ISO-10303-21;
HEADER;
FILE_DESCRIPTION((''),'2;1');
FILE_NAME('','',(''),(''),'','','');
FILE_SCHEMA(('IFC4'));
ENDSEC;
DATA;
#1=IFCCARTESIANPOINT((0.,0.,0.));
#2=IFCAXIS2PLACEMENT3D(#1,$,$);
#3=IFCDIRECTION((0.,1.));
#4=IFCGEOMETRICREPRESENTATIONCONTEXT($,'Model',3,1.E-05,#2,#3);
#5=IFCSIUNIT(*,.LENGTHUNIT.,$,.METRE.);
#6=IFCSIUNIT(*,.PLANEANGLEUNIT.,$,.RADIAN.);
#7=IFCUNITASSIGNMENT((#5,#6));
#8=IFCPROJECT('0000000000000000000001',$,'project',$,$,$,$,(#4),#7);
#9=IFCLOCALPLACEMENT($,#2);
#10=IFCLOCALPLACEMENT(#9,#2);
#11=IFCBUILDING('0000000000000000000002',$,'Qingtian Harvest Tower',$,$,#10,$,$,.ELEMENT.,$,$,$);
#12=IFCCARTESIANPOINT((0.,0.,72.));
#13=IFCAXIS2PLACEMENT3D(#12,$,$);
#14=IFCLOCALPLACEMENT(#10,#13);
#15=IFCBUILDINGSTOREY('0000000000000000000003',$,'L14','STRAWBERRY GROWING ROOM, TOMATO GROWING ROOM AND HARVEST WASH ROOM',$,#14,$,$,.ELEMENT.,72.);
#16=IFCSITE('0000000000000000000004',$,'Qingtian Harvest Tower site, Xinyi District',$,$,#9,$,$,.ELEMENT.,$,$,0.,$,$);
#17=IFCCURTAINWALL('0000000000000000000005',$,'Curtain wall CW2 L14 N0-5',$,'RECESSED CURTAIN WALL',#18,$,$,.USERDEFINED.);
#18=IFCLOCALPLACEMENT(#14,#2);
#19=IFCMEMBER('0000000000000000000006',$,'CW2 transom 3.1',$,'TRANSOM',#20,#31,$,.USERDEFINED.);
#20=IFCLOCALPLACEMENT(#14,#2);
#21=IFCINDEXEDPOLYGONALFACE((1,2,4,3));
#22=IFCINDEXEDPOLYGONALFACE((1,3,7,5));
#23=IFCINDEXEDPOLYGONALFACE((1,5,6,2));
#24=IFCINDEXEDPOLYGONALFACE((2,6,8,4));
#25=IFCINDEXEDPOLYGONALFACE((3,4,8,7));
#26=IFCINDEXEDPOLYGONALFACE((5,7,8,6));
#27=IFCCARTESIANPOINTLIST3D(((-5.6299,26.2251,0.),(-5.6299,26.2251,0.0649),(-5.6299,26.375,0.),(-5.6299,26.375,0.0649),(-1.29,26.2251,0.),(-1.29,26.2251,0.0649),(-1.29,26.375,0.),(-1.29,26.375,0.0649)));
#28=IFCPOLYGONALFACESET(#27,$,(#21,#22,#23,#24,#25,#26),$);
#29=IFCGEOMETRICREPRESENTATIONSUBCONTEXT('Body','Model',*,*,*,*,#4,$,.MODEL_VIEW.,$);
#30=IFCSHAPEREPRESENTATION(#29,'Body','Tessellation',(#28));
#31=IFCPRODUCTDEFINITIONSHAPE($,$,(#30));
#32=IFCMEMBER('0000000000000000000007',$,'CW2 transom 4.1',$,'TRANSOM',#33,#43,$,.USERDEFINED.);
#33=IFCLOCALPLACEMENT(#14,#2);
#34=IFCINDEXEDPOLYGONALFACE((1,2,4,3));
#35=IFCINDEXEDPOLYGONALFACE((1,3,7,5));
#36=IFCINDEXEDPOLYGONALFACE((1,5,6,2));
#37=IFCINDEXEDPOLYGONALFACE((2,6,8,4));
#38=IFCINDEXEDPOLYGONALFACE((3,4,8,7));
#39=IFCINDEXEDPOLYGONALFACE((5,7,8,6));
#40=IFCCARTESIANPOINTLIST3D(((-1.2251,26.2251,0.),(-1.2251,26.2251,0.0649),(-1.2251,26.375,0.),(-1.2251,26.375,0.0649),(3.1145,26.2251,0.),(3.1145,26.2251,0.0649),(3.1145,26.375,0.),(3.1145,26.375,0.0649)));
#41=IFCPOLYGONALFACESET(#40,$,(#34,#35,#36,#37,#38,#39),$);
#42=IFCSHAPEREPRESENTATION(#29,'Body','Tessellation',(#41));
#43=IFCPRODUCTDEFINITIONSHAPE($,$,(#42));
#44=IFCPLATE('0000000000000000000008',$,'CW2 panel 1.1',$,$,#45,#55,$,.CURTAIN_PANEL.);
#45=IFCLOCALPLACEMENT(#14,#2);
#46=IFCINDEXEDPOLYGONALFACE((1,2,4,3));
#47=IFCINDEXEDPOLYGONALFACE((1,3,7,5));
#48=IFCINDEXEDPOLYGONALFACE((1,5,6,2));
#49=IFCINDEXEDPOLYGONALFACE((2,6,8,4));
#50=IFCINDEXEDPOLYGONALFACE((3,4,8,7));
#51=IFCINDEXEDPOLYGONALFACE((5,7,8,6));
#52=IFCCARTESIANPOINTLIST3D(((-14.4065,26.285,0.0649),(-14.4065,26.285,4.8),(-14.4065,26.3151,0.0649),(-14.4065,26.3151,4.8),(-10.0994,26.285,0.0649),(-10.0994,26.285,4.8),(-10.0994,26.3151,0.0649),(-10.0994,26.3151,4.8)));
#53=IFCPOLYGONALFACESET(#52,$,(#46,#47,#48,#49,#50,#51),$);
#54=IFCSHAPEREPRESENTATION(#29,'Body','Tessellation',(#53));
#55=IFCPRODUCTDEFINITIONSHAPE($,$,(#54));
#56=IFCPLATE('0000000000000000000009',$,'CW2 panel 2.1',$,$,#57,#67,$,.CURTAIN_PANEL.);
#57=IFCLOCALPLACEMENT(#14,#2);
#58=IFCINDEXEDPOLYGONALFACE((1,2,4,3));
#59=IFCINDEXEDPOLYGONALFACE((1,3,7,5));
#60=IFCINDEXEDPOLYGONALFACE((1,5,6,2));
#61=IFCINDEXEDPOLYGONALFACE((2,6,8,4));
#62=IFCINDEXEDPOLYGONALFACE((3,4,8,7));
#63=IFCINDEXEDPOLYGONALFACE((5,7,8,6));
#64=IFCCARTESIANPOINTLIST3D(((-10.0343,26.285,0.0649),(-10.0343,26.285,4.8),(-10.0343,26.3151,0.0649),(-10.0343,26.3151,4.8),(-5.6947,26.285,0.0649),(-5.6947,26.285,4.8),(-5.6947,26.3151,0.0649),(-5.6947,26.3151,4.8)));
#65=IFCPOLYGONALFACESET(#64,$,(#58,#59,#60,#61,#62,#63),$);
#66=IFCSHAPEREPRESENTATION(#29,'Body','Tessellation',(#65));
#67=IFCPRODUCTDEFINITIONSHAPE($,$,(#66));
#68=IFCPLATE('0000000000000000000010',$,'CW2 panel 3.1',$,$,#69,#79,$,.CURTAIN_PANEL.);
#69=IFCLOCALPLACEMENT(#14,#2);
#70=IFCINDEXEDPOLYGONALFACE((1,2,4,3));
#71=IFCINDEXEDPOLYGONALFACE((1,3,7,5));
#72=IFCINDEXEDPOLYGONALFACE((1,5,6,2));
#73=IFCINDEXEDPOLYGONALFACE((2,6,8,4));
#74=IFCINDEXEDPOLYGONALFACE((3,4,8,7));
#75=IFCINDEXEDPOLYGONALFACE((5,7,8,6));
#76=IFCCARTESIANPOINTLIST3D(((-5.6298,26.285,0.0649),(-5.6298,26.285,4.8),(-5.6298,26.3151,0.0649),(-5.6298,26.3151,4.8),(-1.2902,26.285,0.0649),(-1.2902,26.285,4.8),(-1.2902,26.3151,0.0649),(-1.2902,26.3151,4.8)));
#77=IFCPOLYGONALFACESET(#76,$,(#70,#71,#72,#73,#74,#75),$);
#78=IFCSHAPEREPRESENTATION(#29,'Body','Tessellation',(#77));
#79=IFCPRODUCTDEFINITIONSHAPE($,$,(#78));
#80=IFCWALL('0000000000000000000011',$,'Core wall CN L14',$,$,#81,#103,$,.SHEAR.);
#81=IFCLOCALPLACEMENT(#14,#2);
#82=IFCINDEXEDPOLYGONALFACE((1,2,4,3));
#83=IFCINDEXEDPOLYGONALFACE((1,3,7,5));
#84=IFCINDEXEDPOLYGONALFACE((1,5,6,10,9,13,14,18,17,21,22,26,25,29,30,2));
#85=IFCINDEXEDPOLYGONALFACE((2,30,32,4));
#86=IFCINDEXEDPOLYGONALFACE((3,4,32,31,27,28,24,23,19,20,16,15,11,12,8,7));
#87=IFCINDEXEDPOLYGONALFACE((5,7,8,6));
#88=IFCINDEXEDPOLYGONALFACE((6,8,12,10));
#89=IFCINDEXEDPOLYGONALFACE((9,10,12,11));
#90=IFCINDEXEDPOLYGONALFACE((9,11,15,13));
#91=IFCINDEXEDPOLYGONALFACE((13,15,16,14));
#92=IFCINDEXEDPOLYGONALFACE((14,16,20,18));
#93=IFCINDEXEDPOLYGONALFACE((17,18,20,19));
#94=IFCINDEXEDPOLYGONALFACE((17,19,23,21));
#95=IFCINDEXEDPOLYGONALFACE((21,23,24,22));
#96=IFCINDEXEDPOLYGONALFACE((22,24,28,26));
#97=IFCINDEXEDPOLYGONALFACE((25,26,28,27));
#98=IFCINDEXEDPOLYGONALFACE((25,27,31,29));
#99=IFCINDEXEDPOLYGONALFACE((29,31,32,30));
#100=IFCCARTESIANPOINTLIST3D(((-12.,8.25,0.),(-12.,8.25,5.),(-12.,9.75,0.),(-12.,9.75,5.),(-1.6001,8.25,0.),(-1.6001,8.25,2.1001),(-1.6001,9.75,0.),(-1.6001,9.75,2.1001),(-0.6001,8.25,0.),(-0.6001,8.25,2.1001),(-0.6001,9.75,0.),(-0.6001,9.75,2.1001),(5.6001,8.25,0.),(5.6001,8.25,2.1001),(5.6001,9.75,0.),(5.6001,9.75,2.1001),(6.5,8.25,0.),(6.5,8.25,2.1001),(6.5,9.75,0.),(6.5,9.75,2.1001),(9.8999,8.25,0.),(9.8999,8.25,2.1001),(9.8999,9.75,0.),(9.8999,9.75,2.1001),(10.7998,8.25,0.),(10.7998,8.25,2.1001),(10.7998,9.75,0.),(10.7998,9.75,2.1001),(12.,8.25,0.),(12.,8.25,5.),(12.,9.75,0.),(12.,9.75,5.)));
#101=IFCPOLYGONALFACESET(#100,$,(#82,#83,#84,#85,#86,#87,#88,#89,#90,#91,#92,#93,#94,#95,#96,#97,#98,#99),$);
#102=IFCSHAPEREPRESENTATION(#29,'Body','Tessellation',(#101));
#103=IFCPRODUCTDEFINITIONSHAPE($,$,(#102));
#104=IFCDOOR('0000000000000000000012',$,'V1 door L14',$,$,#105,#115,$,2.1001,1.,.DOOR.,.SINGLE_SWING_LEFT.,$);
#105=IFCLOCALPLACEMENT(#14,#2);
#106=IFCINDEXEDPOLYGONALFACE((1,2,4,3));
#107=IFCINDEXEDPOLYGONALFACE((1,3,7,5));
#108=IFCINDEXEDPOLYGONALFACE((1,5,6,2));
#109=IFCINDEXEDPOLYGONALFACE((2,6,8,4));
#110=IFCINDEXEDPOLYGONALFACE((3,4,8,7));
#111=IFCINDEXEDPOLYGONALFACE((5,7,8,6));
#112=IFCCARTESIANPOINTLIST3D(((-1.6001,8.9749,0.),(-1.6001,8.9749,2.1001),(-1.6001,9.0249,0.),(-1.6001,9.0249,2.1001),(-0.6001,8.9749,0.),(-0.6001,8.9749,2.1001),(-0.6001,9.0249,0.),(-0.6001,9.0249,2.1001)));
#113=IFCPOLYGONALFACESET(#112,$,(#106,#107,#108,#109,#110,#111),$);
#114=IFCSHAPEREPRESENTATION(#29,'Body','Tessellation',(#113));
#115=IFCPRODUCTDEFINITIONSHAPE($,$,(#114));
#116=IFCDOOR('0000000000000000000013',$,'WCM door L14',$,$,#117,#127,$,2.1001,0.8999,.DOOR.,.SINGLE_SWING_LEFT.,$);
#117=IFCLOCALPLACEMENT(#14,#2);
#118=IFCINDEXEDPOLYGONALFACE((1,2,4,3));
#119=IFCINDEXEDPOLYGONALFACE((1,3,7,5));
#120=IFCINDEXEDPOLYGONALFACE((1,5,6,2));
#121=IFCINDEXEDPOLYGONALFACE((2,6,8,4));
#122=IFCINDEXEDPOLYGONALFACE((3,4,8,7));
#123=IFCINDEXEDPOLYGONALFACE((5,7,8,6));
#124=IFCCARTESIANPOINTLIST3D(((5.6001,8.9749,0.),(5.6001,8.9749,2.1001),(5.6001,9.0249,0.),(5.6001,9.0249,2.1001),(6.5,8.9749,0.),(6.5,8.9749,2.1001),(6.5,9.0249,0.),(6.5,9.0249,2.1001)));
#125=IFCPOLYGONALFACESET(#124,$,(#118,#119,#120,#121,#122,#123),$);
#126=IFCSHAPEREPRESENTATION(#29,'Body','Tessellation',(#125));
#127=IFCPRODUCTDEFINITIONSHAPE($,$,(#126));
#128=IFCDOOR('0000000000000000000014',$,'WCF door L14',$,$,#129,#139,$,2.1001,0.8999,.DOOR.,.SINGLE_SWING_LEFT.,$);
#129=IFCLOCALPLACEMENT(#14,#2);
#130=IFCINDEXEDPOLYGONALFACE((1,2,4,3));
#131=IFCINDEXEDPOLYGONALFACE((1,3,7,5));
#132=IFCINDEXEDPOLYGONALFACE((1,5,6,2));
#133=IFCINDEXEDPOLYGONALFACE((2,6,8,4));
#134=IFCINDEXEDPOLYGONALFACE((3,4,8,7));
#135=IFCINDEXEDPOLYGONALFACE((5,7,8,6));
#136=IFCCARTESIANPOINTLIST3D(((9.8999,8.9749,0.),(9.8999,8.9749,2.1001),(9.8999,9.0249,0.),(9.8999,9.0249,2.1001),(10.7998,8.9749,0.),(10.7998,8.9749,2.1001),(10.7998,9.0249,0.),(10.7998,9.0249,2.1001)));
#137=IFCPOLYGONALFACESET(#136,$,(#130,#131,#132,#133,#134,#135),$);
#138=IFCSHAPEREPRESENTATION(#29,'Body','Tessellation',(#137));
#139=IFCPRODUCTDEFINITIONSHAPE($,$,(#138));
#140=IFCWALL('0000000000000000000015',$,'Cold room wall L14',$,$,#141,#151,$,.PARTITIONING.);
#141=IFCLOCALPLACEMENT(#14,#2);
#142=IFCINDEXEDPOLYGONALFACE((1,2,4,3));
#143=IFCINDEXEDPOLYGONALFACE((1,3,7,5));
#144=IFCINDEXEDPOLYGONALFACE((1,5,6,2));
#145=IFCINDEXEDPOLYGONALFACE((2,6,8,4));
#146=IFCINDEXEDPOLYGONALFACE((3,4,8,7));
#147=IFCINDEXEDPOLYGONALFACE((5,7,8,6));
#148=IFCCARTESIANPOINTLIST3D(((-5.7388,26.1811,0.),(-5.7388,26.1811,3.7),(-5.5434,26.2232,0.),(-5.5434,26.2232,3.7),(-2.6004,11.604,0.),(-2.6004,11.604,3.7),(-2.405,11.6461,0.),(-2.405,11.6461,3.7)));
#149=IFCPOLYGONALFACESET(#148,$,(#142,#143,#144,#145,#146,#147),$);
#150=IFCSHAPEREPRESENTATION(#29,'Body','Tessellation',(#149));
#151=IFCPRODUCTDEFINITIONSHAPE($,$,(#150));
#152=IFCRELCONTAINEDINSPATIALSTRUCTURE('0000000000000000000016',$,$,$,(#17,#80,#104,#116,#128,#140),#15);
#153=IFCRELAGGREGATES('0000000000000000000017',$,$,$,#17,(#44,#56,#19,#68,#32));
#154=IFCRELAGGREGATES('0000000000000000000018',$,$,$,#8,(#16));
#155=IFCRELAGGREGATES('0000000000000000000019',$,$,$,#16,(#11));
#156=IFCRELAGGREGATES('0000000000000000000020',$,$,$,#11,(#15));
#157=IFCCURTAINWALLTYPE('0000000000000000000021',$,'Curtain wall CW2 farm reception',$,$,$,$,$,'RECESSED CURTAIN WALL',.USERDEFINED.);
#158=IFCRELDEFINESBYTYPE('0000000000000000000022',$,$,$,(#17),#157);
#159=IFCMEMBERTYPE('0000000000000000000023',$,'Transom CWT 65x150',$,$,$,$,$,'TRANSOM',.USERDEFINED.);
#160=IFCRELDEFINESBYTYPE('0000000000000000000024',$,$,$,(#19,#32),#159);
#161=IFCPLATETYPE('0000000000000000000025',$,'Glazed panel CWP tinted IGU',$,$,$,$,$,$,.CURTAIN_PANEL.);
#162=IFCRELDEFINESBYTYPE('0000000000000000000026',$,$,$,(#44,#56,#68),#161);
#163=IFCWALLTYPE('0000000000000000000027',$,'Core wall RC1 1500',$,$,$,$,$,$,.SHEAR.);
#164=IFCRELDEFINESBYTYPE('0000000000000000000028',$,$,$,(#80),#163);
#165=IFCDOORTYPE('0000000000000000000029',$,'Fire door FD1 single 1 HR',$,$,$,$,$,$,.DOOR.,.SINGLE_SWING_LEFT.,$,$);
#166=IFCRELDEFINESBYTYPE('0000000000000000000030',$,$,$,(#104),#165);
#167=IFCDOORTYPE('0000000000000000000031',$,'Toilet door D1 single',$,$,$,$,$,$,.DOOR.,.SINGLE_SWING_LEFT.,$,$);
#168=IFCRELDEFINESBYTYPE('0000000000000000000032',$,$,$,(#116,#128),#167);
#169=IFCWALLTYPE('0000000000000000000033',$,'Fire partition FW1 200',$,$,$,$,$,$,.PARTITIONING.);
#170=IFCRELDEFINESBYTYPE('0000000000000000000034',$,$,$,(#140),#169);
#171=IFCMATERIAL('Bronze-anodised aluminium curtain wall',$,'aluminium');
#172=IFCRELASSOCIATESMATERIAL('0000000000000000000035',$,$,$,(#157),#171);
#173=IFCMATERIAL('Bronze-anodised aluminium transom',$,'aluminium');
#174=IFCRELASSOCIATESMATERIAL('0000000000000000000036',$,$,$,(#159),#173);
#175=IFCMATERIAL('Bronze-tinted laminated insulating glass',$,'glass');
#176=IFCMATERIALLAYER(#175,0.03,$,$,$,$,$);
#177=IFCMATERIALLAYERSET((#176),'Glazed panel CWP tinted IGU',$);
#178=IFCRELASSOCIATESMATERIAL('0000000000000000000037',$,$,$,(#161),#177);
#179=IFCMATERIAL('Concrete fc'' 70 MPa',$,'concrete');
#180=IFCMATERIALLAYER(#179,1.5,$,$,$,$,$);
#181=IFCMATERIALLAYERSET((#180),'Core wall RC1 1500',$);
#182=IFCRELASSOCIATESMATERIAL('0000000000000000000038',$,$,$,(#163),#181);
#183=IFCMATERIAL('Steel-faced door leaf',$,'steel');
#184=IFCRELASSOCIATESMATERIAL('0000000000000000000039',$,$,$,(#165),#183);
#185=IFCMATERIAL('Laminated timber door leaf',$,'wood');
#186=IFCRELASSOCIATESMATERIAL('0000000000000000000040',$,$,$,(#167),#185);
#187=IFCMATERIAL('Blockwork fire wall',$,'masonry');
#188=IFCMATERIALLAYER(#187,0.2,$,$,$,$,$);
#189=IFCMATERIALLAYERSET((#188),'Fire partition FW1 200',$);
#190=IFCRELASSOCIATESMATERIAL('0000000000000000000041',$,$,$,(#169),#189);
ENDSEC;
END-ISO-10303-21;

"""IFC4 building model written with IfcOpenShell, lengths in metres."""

from ifc_helpers import new_model, si_unit, direction, frame, frame_2d, origin, origin_2d, place, context, subcontext, project, spatial, rectangle, extrude, material, layer, layer_set, material_profile, profile_set, type_object, element, fill, aggregate, save


model = new_model("IFC4")

# Units and contexts
model_context = context("Model", 3, precision=1e-05, world=origin(), true_north=direction((0.0, 1.0)))
body_context = subcontext(model_context, "Body", "Model", "MODEL_VIEW")
ifc_project = project(units=[si_unit("LENGTHUNIT", "METRE"), si_unit("PLANEANGLEUNIT", "RADIAN")], contexts=[model_context])

# Site, building, storey
site_placement = place(None, origin())
site = spatial("IfcSite", under=ifc_project, at=site_placement, Name="Qingtian Harvest Tower site, Xinyi District", CompositionType="ELEMENT", RefElevation=0.0)
building_placement = place(site_placement, origin())
building = spatial("IfcBuilding", under=site, at=building_placement, Name="Qingtian Harvest Tower", CompositionType="ELEMENT")
storey_placement = place(building_placement, frame((0.0, 0.0, 72.0)))
storey = spatial("IfcBuildingStorey", under=building, at=storey_placement, Name="L14", Description="STRAWBERRY GROWING ROOM, TOMATO GROWING ROOM AND HARVEST WASH ROOM", CompositionType="ELEMENT", Elevation=72.0)

# Curtain wall
ifc_material_1 = material(Name="Bronze-anodised aluminium curtain wall", Category="aluminium")
curtain_wall_type = type_object("IfcCurtainWallType", Name="Curtain wall CW2 farm reception", ElementType="RECESSED CURTAIN WALL", PredefinedType="USERDEFINED", material=ifc_material_1)
curtain_wall_placement = place(storey_placement, origin())
curtain_wall = element("IfcCurtainWall", 1, at=curtain_wall_placement, inside=storey, type_object=curtain_wall_type, Name="Curtain wall CW2 L14 N0-5", ObjectType="RECESSED CURTAIN WALL", PredefinedType="USERDEFINED")

# Members
ifc_material_2 = material(Name="Bronze-anodised aluminium transom", Category="aluminium")
ifc_material_profile_1 = material_profile(ifc_material_2, rectangle(XDim=0.1499, YDim=0.0649, at=origin_2d()), Name="AL 65x150")
ifc_profile_set_1 = profile_set([ifc_material_profile_1], Name="Bronze-anodised aluminium transom")
member_type_1 = type_object("IfcMemberType", Name="Transom CWT 65x150", ElementType="TRANSOM", PredefinedType="USERDEFINED", material=ifc_profile_set_1)
member_1_placement = place(storey_placement, frame((-5.6299, 26.3, 0.0325), z_axis=(1.0, 0.0, 0.0), x_axis=(0.0, 1.0, 0.0)))
member_1 = element("IfcMember", 2, at=member_1_placement, type_object=member_type_1, Name="CW2 transom 3.1", ObjectType="TRANSOM", PredefinedType="USERDEFINED", context=body_context, shape_type="SweptSolid", body=[
    extrude(rectangle(XDim=0.1499, YDim=0.0649, at=origin_2d()), origin(), (0.0, 0.0, 1.0), 4.3398),
])
member_2_placement = place(storey_placement, frame((-1.2251, 26.3, 0.0325), z_axis=(1.0, 0.0, 0.0), x_axis=(0.0, 1.0, 0.0)))
member_2 = element("IfcMember", 3, at=member_2_placement, type_object=member_type_1, Name="CW2 transom 4.1", ObjectType="TRANSOM", PredefinedType="USERDEFINED", context=body_context, shape_type="SweptSolid", body=[
    extrude(rectangle(XDim=0.1499, YDim=0.0649, at=origin_2d()), origin(), (0.0, 0.0, 1.0), 4.3396),
])

# Plates
ifc_material_3 = material(Name="Bronze-tinted laminated insulating glass", Category="glass")
ifc_layer_1 = layer(ifc_material_3, 0.03)
ifc_layer_set_1 = layer_set([ifc_layer_1], Name="Glazed panel CWP tinted IGU")
plate_type = type_object("IfcPlateType", Name="Glazed panel CWP tinted IGU", PredefinedType="CURTAIN_PANEL", material=ifc_layer_set_1)
plate_1_placement = place(storey_placement, frame((-12.2529, 26.3, 0.0649), z_axis=(0.0, 0.0, 1.0), x_axis=(1.0, 0.0, 0.0)))
plate_1 = element("IfcPlate", 4, at=plate_1_placement, type_object=plate_type, Name="CW2 panel 1.1", PredefinedType="CURTAIN_PANEL", context=body_context, shape_type="SweptSolid", body=[
    extrude(rectangle(XDim=4.3071, YDim=0.03, at=origin_2d()), origin(), (0.0, 0.0, 1.0), 4.7351),
])
plate_2_placement = place(storey_placement, frame((-7.8645, 26.3, 0.0649), z_axis=(0.0, 0.0, 1.0), x_axis=(1.0, 0.0, 0.0)))
plate_2 = element("IfcPlate", 5, at=plate_2_placement, type_object=plate_type, Name="CW2 panel 2.1", PredefinedType="CURTAIN_PANEL", context=body_context, shape_type="SweptSolid", body=[
    extrude(rectangle(XDim=4.3396, YDim=0.03, at=origin_2d()), origin(), (0.0, 0.0, 1.0), 4.7351),
])
plate_3_placement = place(storey_placement, frame((-3.46, 26.3, 0.0649), z_axis=(0.0, 0.0, 1.0), x_axis=(1.0, 0.0, 0.0)))
plate_3 = element("IfcPlate", 6, at=plate_3_placement, type_object=plate_type, Name="CW2 panel 3.1", PredefinedType="CURTAIN_PANEL", context=body_context, shape_type="SweptSolid", body=[
    extrude(rectangle(XDim=4.3396, YDim=0.03, at=origin_2d()), origin(), (0.0, 0.0, 1.0), 4.7351),
])
aggregate(curtain_wall, [plate_1, plate_2, member_1, plate_3, member_2])

# Wall, openings, doors
ifc_material_4 = material(Name="Concrete fc' 70 MPa", Category="concrete")
ifc_layer_2 = layer(ifc_material_4, 1.5)
ifc_layer_set_2 = layer_set([ifc_layer_2], Name="Core wall RC1 1500")
wall_type_1 = type_object("IfcWallType", Name="Core wall RC1 1500", PredefinedType="SHEAR", material=ifc_layer_set_2)
wall_1_placement = place(storey_placement, frame((-12.0, 9.0, 0.0), z_axis=(0.0, 0.0, 1.0), x_axis=(1.0, 0.0, 0.0)))
wall_1 = element("IfcWall", 7, at=wall_1_placement, inside=storey, type_object=wall_type_1, Name="Core wall CN L14", PredefinedType="SHEAR", context=body_context, shape_type="SweptSolid", body=[
    extrude(rectangle(XDim=24.0, YDim=1.5, at=frame_2d((12.0, 0.0))), origin(), (0.0, 0.0, 1.0), 5.0),
])
opening_1_placement = place(wall_1_placement, frame((10.3999, 0.0, 0.0)))
opening_1 = element("IfcOpeningElement", 8, at=opening_1_placement, cuts=wall_1, PredefinedType="OPENING", context=body_context, shape_type="SweptSolid", body=[
    extrude(rectangle(XDim=1.0, YDim=2.1001, at=frame_2d((0.5, 1.05))), frame((0.0, 0.76, 0.0), z_axis=(0.0, -1.0, 0.0), x_axis=(1.0, 0.0, 0.0)), (0.0, 0.0, 1.0), 1.52),
])
opening_2_placement = place(wall_1_placement, frame((17.6001, 0.0, 0.0)))
opening_2 = element("IfcOpeningElement", 9, at=opening_2_placement, cuts=wall_1, PredefinedType="OPENING", context=body_context, shape_type="SweptSolid", body=[
    extrude(rectangle(XDim=0.8999, YDim=2.1001, at=frame_2d((0.45, 1.05))), frame((0.0, 0.76, 0.0), z_axis=(0.0, -1.0, 0.0), x_axis=(1.0, 0.0, 0.0)), (0.0, 0.0, 1.0), 1.52),
])
opening_3_placement = place(wall_1_placement, frame((21.8999, 0.0, 0.0)))
opening_3 = element("IfcOpeningElement", 10, at=opening_3_placement, cuts=wall_1, PredefinedType="OPENING", context=body_context, shape_type="SweptSolid", body=[
    extrude(rectangle(XDim=0.8999, YDim=2.1001, at=frame_2d((0.45, 1.05))), frame((0.0, 0.76, 0.0), z_axis=(0.0, -1.0, 0.0), x_axis=(1.0, 0.0, 0.0)), (0.0, 0.0, 1.0), 1.52),
])
ifc_material_5 = material(Name="Steel-faced door leaf", Category="steel")
door_type_1 = type_object("IfcDoorType", Name="Fire door FD1 single 1 HR", OperationType="SINGLE_SWING_LEFT", PredefinedType="DOOR", material=ifc_material_5)
door_1_placement = place(opening_1_placement, origin())
door_1 = element("IfcDoor", 11, at=door_1_placement, inside=storey, type_object=door_type_1, Name="V1 door L14", OperationType="SINGLE_SWING_LEFT", OverallHeight=2.1001, OverallWidth=1.0, PredefinedType="DOOR", context=body_context, shape_type="SweptSolid", body=[
    extrude(rectangle(XDim=1.0, YDim=2.1001, at=frame_2d((0.5, 1.05))), frame((0.0, 0.0249, 0.0), z_axis=(0.0, -1.0, 0.0), x_axis=(1.0, 0.0, 0.0)), (0.0, 0.0, 1.0), 0.05),
])
fill(opening_1, door_1)
ifc_material_6 = material(Name="Laminated timber door leaf", Category="wood")
door_type_2 = type_object("IfcDoorType", Name="Toilet door D1 single", OperationType="SINGLE_SWING_LEFT", PredefinedType="DOOR", material=ifc_material_6)
door_2_placement = place(opening_2_placement, origin())
door_2 = element("IfcDoor", 12, at=door_2_placement, inside=storey, type_object=door_type_2, Name="WCM door L14", OperationType="SINGLE_SWING_LEFT", OverallHeight=2.1001, OverallWidth=0.8999, PredefinedType="DOOR", context=body_context, shape_type="SweptSolid", body=[
    extrude(rectangle(XDim=0.8999, YDim=2.1001, at=frame_2d((0.45, 1.05))), frame((0.0, 0.0249, 0.0), z_axis=(0.0, -1.0, 0.0), x_axis=(1.0, 0.0, 0.0)), (0.0, 0.0, 1.0), 0.05),
])
fill(opening_2, door_2)
door_3_placement = place(opening_3_placement, origin())
door_3 = element("IfcDoor", 13, at=door_3_placement, inside=storey, type_object=door_type_2, Name="WCF door L14", OperationType="SINGLE_SWING_LEFT", OverallHeight=2.1001, OverallWidth=0.8999, PredefinedType="DOOR", context=body_context, shape_type="SweptSolid", body=[
    extrude(rectangle(XDim=0.8999, YDim=2.1001, at=frame_2d((0.45, 1.05))), frame((0.0, 0.0249, 0.0), z_axis=(0.0, -1.0, 0.0), x_axis=(1.0, 0.0, 0.0)), (0.0, 0.0, 1.0), 0.05),
])
fill(opening_3, door_3)

# Wall
ifc_material_7 = material(Name="Blockwork fire wall", Category="masonry")
ifc_layer_3 = layer(ifc_material_7, 0.2)
ifc_layer_set_3 = layer_set([ifc_layer_3], Name="Fire partition FW1 200")
wall_type_2 = type_object("IfcWallType", Name="Fire partition FW1 200", PredefinedType="PARTITIONING", material=ifc_layer_set_3)
wall_2_placement = place(storey_placement, frame((-5.6411, 26.2021, 0.0), z_axis=(0.0, 0.0, 1.0), x_axis=(0.210475, -0.977599, 0.0)))
element("IfcWall", 14, at=wall_2_placement, inside=storey, type_object=wall_type_2, Name="Cold room wall L14", PredefinedType="PARTITIONING", context=body_context, shape_type="SweptSolid", body=[
    extrude(rectangle(XDim=14.9111, YDim=0.2, at=frame_2d((7.4556, 0.0))), origin(), (0.0, 0.0, 1.0), 3.7),
])

save(model, "model.ifc")
